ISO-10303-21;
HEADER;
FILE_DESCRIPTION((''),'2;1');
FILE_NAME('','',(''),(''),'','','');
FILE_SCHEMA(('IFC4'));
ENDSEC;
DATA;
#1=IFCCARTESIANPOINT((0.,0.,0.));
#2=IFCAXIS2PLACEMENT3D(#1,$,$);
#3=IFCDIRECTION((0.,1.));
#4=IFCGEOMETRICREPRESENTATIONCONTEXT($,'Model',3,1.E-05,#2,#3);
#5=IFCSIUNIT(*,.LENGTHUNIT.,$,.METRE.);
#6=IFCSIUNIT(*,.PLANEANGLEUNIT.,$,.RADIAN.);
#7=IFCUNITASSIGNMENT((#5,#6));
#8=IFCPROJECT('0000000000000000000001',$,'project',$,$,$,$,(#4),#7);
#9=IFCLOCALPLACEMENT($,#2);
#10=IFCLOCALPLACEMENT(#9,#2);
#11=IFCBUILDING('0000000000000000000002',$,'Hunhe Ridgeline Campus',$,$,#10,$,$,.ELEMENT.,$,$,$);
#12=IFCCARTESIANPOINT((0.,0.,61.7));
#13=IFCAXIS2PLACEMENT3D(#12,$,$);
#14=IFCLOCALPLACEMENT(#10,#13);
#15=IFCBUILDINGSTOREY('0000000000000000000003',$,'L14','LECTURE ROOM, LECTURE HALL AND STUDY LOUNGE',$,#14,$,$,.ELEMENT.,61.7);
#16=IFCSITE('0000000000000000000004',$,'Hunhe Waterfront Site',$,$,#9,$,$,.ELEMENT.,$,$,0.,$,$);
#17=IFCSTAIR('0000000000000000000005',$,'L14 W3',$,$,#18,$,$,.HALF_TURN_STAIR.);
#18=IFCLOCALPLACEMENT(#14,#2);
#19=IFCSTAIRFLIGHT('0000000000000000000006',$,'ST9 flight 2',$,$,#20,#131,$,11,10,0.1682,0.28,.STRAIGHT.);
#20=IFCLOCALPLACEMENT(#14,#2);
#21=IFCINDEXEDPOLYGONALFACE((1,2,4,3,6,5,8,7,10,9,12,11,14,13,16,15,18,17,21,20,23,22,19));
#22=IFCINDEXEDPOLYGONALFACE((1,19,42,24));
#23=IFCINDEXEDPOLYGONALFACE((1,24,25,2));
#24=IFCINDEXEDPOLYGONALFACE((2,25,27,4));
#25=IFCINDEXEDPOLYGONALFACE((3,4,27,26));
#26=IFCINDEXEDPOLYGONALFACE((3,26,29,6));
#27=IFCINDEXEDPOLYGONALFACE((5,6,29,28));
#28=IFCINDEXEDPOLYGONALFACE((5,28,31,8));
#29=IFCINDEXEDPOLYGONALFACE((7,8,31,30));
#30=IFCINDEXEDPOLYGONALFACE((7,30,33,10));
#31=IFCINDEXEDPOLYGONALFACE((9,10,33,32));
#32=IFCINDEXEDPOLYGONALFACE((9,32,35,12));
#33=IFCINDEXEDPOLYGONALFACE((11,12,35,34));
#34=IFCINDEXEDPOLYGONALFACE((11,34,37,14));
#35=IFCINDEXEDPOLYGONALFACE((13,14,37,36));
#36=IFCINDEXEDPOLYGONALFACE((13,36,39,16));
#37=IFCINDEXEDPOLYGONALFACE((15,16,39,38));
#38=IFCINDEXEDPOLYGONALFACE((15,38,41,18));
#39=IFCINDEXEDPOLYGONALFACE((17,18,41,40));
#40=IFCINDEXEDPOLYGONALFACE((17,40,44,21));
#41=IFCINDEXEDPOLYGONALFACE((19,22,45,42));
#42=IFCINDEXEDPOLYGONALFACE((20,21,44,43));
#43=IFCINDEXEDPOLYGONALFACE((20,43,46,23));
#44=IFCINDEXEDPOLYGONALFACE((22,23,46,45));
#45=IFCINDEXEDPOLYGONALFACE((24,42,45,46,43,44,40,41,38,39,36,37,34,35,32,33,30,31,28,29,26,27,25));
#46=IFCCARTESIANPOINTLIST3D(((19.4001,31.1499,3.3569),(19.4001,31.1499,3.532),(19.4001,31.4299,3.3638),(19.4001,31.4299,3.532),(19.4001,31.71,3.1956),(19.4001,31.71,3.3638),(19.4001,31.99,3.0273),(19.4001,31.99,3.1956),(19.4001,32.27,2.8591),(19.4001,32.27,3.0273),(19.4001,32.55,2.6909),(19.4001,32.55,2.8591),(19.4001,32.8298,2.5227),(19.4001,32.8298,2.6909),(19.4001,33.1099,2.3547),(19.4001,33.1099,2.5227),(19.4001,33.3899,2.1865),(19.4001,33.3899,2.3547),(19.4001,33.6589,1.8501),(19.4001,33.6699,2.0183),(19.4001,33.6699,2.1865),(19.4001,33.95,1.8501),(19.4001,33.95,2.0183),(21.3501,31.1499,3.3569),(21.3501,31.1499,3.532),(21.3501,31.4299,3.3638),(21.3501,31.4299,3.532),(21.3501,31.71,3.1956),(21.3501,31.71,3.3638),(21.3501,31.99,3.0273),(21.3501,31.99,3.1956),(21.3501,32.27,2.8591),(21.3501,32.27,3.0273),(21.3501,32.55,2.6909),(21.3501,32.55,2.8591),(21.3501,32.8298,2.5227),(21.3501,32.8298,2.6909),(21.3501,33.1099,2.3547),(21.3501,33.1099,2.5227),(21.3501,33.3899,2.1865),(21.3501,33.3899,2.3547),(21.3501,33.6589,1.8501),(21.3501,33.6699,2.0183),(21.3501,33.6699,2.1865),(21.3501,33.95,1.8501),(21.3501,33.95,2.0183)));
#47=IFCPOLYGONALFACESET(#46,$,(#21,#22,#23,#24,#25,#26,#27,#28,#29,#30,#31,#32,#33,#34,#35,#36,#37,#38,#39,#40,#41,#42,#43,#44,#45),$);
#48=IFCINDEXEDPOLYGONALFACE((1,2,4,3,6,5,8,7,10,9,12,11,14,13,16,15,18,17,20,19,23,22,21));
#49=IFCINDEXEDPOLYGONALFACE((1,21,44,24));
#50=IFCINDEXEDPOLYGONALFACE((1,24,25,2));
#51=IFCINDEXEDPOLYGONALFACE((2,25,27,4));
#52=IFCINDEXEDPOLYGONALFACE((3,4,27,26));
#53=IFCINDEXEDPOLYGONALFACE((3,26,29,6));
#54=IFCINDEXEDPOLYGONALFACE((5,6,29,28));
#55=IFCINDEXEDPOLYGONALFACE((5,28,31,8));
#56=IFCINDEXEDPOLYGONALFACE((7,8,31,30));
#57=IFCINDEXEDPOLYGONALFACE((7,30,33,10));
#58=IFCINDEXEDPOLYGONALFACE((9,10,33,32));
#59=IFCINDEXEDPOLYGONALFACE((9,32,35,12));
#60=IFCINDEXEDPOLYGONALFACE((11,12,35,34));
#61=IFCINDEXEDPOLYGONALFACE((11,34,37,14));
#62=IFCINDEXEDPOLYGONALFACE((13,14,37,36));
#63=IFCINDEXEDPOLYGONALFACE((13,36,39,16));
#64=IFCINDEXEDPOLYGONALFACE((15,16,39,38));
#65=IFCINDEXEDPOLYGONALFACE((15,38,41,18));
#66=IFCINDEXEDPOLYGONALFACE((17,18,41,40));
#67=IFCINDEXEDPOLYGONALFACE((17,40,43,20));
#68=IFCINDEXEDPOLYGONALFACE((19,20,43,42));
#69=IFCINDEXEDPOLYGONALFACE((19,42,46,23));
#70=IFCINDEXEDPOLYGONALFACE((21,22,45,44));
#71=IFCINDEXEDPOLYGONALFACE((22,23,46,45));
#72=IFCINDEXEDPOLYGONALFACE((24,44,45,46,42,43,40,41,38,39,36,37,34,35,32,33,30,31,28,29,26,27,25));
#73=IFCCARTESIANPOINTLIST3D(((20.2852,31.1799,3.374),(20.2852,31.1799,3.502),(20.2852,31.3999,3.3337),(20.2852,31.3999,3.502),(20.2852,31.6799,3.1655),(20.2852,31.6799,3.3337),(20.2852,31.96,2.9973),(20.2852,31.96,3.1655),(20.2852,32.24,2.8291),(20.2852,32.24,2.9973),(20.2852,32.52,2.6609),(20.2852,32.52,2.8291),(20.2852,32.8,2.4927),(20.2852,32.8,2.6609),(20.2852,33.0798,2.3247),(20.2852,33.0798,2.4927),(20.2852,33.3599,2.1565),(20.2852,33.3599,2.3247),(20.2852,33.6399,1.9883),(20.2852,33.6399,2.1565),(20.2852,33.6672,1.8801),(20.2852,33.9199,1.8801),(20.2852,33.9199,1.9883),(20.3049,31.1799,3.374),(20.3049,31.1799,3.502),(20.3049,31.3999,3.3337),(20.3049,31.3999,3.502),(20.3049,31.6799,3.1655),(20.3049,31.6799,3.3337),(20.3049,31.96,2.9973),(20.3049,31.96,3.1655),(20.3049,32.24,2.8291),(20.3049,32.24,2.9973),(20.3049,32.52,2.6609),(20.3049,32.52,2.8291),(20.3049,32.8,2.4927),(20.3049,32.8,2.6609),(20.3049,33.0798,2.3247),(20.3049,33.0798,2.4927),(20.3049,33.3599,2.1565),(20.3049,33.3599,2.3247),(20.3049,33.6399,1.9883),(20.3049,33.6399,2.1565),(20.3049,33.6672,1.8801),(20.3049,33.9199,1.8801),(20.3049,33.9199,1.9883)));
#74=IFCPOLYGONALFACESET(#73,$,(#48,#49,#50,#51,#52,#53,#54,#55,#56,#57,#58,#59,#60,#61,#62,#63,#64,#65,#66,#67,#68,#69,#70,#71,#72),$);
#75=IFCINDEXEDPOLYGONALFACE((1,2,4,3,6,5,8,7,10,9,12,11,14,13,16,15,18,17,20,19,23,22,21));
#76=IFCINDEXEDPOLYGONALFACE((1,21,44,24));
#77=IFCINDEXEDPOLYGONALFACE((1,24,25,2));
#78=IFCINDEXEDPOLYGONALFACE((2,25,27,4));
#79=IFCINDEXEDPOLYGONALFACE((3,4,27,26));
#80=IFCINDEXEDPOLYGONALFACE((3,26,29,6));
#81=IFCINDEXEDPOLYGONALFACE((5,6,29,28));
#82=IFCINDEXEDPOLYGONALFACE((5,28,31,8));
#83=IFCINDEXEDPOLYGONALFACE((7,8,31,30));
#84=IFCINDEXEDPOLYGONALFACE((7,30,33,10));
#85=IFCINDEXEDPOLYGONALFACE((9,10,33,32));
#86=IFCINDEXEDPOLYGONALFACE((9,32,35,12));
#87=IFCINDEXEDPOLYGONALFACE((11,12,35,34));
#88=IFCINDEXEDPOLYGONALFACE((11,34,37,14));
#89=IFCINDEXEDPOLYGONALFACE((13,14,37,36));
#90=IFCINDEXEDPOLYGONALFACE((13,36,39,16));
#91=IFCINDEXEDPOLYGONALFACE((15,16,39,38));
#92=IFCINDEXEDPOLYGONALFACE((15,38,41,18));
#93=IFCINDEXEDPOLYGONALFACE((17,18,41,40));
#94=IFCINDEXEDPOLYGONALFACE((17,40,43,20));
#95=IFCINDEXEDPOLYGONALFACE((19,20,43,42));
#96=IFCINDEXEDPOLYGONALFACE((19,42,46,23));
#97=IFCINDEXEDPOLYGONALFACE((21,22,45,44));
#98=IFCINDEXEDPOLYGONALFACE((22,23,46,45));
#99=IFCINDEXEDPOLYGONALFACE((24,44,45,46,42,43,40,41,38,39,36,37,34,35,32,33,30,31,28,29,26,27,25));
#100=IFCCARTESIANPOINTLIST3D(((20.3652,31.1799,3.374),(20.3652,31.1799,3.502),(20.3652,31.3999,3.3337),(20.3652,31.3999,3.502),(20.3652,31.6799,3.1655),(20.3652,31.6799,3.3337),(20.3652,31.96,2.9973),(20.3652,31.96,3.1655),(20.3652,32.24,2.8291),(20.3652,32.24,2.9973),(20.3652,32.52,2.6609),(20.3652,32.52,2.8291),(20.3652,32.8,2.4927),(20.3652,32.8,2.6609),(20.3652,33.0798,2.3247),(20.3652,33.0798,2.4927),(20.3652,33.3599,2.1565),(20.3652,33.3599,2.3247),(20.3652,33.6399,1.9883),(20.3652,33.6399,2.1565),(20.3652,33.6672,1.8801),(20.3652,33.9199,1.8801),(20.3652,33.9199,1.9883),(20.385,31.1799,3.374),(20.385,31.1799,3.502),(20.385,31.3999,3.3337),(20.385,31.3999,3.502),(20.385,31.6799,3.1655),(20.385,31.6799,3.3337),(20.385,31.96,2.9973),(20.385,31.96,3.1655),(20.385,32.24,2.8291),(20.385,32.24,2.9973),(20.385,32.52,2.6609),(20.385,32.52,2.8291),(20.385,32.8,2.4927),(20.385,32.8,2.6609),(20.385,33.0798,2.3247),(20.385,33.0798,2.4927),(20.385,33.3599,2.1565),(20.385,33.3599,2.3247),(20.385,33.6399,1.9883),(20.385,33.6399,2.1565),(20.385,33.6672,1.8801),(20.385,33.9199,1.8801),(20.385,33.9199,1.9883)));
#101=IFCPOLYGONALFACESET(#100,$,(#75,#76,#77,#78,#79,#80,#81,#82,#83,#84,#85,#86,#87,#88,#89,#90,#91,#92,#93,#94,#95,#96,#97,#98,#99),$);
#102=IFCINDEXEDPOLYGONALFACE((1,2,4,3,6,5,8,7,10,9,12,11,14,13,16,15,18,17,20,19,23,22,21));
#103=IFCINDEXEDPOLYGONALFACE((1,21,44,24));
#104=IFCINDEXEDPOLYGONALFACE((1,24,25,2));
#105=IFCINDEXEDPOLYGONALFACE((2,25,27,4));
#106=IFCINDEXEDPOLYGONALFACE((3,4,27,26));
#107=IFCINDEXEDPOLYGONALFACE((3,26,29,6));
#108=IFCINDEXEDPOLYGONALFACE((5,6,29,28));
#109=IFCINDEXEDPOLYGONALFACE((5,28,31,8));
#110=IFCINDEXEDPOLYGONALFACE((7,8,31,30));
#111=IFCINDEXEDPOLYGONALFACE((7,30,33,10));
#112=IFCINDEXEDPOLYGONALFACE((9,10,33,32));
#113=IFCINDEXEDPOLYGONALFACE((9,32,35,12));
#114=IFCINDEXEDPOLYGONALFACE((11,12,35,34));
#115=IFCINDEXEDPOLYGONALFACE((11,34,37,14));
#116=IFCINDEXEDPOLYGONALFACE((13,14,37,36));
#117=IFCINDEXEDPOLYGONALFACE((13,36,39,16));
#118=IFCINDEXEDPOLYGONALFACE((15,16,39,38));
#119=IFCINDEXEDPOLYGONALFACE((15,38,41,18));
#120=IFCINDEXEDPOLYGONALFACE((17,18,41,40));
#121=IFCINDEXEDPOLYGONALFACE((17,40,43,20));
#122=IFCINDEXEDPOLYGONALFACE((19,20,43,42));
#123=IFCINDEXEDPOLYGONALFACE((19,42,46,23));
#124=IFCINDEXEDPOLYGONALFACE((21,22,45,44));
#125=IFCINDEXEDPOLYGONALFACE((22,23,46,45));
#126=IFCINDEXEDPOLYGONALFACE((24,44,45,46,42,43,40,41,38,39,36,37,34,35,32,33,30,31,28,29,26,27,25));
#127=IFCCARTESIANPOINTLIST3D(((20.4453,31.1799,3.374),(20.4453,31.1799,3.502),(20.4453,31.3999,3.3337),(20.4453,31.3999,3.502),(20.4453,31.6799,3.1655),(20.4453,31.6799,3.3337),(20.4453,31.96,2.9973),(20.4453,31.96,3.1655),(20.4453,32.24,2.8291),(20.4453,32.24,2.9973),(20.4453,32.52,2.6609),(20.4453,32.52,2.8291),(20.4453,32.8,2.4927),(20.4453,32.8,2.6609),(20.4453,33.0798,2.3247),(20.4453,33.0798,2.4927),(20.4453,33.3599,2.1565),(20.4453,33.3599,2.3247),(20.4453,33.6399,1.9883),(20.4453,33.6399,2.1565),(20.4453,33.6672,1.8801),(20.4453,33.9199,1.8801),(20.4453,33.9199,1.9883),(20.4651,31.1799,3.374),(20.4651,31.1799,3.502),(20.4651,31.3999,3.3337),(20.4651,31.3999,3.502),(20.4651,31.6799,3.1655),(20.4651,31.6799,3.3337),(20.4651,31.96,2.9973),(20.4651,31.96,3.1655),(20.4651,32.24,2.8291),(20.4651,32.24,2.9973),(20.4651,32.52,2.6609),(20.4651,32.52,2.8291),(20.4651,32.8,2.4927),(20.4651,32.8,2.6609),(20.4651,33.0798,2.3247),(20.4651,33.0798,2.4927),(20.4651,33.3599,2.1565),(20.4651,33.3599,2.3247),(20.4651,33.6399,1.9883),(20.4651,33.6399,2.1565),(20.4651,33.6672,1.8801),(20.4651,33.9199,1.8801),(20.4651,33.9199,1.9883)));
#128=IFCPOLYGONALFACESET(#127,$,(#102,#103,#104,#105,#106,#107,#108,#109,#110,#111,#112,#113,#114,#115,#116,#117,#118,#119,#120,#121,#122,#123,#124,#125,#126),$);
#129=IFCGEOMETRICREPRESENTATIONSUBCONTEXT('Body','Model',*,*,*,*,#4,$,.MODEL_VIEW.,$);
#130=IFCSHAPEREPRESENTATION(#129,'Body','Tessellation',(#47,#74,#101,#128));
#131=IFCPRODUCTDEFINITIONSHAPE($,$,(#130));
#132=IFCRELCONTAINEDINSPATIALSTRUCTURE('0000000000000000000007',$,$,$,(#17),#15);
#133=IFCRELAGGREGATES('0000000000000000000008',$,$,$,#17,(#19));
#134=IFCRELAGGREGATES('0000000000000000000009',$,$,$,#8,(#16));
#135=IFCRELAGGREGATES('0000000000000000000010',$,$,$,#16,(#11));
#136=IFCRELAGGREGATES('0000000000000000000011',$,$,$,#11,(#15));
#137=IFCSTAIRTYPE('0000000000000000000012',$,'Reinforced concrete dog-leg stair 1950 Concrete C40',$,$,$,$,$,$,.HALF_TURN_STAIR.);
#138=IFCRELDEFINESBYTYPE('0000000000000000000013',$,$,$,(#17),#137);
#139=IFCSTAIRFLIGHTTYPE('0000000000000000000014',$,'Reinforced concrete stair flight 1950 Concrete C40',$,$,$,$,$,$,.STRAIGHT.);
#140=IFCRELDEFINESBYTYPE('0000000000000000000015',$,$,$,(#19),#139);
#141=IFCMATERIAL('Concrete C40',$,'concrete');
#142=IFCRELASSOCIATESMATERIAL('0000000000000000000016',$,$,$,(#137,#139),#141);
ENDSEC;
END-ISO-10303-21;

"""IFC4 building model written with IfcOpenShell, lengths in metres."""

from ifc_helpers import new_model, si_unit, direction, frame, origin, place, context, subcontext, project, spatial, polyline, outline, extrude, material, type_object, element, aggregate, save


model = new_model("IFC4")

# Units and contexts
model_context = context("Model", 3, precision=1e-05, world=origin(), true_north=direction((0.0, 1.0)))
body_context = subcontext(model_context, "Body", "Model", "MODEL_VIEW")
ifc_project = project(units=[si_unit("LENGTHUNIT", "METRE"), si_unit("PLANEANGLEUNIT", "RADIAN")], contexts=[model_context])

# Site, building, storey
site_placement = place(None, origin())
site = spatial("IfcSite", under=ifc_project, at=site_placement, Name="Hunhe Waterfront Site", CompositionType="ELEMENT", RefElevation=0.0)
building_placement = place(site_placement, origin())
building = spatial("IfcBuilding", under=site, at=building_placement, Name="Hunhe Ridgeline Campus", CompositionType="ELEMENT")
storey_placement = place(building_placement, frame((0.0, 0.0, 61.7)))
storey = spatial("IfcBuildingStorey", under=building, at=storey_placement, Name="L14", Description="LECTURE ROOM, LECTURE HALL AND STUDY LOUNGE", CompositionType="ELEMENT", Elevation=61.7)

# Stair, stair flight
ifc_material_1 = material(Name="Concrete C40", Category="concrete")
stair_type = type_object("IfcStairType", Name="Reinforced concrete dog-leg stair 1950 Concrete C40", PredefinedType="HALF_TURN_STAIR", material=ifc_material_1)
stair_placement = place(storey_placement, origin())
stair = element("IfcStair", 1, at=stair_placement, inside=storey, type_object=stair_type, Name="L14 W3", PredefinedType="HALF_TURN_STAIR")
stair_flight_type = type_object("IfcStairFlightType", Name="Reinforced concrete stair flight 1950 Concrete C40", PredefinedType="STRAIGHT", material=ifc_material_1)
stair_flight_placement = place(storey_placement, frame((20.375, 33.95, 1.8501), z_axis=(0.0, 0.0, 1.0), x_axis=(0.0, -1.0, 0.0)))
stair_flight = element("IfcStairFlight", 2, at=stair_flight_placement, type_object=stair_flight_type, Name="ST9 flight 2", NumberOfRisers=11, NumberOfTreads=10, PredefinedType="STRAIGHT", RiserHeight=0.1682, TreadLength=0.28, context=body_context, shape_type="SweptSolid", body=[
    extrude(outline(polyline([(0.0, 0.0), (0.0, 0.1682), (0.28, 0.1682), (0.28, 0.3364), (0.5601, 0.3364), (0.5601, 0.5046), (0.8401, 0.5046), (0.8401, 0.6726), (1.1201, 0.6726), (1.1201, 0.8408), (1.3999, 0.8408), (1.3999, 1.009), (1.6799, 1.009), (1.6799, 1.1772), (1.96, 1.1772), (1.96, 1.3455), (2.24, 1.3455), (2.24, 1.5137), (2.52, 1.5137), (2.52, 1.6819), (2.8, 1.6819), (2.8, 1.8501), (2.8, 1.5068), (0.291, 0.0), (0.0, 0.0)])), frame((0.0, 0.9751, 0.0), z_axis=(0.0, -1.0, 0.0), x_axis=(1.0, 0.0, 0.0)), (0.0, 0.0, 1.0), 1.95),
    extrude(outline(polyline([(0.03, 0.03), (0.03, 0.1382), (0.3101, 0.1382), (0.3101, 0.3064), (0.5901, 0.3064), (0.5901, 0.4746), (0.8701, 0.4746), (0.8701, 0.6426), (1.1499, 0.6426), (1.1499, 0.8108), (1.4299, 0.8108), (1.4299, 0.979), (1.71, 0.979), (1.71, 1.1472), (1.99, 1.1472), (1.99, 1.3154), (2.27, 1.3154), (2.27, 1.4836), (2.55, 1.4836), (2.55, 1.6519), (2.77, 1.6519), (2.77, 1.5239), (0.2827, 0.03), (0.03, 0.03)])), frame((0.0, -0.0701, 0.0), z_axis=(0.0, -1.0, 0.0), x_axis=(1.0, 0.0, 0.0)), (0.0, 0.0, 1.0), 0.0198),
    extrude(outline(polyline([(0.03, 0.03), (0.03, 0.1382), (0.3101, 0.1382), (0.3101, 0.3064), (0.5901, 0.3064), (0.5901, 0.4746), (0.8701, 0.4746), (0.8701, 0.6426), (1.1499, 0.6426), (1.1499, 0.8108), (1.4299, 0.8108), (1.4299, 0.979), (1.71, 0.979), (1.71, 1.1472), (1.99, 1.1472), (1.99, 1.3154), (2.27, 1.3154), (2.27, 1.4836), (2.55, 1.4836), (2.55, 1.6519), (2.77, 1.6519), (2.77, 1.5239), (0.2827, 0.03), (0.03, 0.03)])), frame((0.0, 0.01, 0.0), z_axis=(0.0, -1.0, 0.0), x_axis=(1.0, 0.0, 0.0)), (0.0, 0.0, 1.0), 0.0198),
    extrude(outline(polyline([(0.03, 0.03), (0.03, 0.1382), (0.3101, 0.1382), (0.3101, 0.3064), (0.5901, 0.3064), (0.5901, 0.4746), (0.8701, 0.4746), (0.8701, 0.6426), (1.1499, 0.6426), (1.1499, 0.8108), (1.4299, 0.8108), (1.4299, 0.979), (1.71, 0.979), (1.71, 1.1472), (1.99, 1.1472), (1.99, 1.3154), (2.27, 1.3154), (2.27, 1.4836), (2.55, 1.4836), (2.55, 1.6519), (2.77, 1.6519), (2.77, 1.5239), (0.2827, 0.03), (0.03, 0.03)])), frame((0.0, 0.0901, 0.0), z_axis=(0.0, -1.0, 0.0), x_axis=(1.0, 0.0, 0.0)), (0.0, 0.0, 1.0), 0.0198),
])
aggregate(stair, [stair_flight])

save(model, "model.ifc")
